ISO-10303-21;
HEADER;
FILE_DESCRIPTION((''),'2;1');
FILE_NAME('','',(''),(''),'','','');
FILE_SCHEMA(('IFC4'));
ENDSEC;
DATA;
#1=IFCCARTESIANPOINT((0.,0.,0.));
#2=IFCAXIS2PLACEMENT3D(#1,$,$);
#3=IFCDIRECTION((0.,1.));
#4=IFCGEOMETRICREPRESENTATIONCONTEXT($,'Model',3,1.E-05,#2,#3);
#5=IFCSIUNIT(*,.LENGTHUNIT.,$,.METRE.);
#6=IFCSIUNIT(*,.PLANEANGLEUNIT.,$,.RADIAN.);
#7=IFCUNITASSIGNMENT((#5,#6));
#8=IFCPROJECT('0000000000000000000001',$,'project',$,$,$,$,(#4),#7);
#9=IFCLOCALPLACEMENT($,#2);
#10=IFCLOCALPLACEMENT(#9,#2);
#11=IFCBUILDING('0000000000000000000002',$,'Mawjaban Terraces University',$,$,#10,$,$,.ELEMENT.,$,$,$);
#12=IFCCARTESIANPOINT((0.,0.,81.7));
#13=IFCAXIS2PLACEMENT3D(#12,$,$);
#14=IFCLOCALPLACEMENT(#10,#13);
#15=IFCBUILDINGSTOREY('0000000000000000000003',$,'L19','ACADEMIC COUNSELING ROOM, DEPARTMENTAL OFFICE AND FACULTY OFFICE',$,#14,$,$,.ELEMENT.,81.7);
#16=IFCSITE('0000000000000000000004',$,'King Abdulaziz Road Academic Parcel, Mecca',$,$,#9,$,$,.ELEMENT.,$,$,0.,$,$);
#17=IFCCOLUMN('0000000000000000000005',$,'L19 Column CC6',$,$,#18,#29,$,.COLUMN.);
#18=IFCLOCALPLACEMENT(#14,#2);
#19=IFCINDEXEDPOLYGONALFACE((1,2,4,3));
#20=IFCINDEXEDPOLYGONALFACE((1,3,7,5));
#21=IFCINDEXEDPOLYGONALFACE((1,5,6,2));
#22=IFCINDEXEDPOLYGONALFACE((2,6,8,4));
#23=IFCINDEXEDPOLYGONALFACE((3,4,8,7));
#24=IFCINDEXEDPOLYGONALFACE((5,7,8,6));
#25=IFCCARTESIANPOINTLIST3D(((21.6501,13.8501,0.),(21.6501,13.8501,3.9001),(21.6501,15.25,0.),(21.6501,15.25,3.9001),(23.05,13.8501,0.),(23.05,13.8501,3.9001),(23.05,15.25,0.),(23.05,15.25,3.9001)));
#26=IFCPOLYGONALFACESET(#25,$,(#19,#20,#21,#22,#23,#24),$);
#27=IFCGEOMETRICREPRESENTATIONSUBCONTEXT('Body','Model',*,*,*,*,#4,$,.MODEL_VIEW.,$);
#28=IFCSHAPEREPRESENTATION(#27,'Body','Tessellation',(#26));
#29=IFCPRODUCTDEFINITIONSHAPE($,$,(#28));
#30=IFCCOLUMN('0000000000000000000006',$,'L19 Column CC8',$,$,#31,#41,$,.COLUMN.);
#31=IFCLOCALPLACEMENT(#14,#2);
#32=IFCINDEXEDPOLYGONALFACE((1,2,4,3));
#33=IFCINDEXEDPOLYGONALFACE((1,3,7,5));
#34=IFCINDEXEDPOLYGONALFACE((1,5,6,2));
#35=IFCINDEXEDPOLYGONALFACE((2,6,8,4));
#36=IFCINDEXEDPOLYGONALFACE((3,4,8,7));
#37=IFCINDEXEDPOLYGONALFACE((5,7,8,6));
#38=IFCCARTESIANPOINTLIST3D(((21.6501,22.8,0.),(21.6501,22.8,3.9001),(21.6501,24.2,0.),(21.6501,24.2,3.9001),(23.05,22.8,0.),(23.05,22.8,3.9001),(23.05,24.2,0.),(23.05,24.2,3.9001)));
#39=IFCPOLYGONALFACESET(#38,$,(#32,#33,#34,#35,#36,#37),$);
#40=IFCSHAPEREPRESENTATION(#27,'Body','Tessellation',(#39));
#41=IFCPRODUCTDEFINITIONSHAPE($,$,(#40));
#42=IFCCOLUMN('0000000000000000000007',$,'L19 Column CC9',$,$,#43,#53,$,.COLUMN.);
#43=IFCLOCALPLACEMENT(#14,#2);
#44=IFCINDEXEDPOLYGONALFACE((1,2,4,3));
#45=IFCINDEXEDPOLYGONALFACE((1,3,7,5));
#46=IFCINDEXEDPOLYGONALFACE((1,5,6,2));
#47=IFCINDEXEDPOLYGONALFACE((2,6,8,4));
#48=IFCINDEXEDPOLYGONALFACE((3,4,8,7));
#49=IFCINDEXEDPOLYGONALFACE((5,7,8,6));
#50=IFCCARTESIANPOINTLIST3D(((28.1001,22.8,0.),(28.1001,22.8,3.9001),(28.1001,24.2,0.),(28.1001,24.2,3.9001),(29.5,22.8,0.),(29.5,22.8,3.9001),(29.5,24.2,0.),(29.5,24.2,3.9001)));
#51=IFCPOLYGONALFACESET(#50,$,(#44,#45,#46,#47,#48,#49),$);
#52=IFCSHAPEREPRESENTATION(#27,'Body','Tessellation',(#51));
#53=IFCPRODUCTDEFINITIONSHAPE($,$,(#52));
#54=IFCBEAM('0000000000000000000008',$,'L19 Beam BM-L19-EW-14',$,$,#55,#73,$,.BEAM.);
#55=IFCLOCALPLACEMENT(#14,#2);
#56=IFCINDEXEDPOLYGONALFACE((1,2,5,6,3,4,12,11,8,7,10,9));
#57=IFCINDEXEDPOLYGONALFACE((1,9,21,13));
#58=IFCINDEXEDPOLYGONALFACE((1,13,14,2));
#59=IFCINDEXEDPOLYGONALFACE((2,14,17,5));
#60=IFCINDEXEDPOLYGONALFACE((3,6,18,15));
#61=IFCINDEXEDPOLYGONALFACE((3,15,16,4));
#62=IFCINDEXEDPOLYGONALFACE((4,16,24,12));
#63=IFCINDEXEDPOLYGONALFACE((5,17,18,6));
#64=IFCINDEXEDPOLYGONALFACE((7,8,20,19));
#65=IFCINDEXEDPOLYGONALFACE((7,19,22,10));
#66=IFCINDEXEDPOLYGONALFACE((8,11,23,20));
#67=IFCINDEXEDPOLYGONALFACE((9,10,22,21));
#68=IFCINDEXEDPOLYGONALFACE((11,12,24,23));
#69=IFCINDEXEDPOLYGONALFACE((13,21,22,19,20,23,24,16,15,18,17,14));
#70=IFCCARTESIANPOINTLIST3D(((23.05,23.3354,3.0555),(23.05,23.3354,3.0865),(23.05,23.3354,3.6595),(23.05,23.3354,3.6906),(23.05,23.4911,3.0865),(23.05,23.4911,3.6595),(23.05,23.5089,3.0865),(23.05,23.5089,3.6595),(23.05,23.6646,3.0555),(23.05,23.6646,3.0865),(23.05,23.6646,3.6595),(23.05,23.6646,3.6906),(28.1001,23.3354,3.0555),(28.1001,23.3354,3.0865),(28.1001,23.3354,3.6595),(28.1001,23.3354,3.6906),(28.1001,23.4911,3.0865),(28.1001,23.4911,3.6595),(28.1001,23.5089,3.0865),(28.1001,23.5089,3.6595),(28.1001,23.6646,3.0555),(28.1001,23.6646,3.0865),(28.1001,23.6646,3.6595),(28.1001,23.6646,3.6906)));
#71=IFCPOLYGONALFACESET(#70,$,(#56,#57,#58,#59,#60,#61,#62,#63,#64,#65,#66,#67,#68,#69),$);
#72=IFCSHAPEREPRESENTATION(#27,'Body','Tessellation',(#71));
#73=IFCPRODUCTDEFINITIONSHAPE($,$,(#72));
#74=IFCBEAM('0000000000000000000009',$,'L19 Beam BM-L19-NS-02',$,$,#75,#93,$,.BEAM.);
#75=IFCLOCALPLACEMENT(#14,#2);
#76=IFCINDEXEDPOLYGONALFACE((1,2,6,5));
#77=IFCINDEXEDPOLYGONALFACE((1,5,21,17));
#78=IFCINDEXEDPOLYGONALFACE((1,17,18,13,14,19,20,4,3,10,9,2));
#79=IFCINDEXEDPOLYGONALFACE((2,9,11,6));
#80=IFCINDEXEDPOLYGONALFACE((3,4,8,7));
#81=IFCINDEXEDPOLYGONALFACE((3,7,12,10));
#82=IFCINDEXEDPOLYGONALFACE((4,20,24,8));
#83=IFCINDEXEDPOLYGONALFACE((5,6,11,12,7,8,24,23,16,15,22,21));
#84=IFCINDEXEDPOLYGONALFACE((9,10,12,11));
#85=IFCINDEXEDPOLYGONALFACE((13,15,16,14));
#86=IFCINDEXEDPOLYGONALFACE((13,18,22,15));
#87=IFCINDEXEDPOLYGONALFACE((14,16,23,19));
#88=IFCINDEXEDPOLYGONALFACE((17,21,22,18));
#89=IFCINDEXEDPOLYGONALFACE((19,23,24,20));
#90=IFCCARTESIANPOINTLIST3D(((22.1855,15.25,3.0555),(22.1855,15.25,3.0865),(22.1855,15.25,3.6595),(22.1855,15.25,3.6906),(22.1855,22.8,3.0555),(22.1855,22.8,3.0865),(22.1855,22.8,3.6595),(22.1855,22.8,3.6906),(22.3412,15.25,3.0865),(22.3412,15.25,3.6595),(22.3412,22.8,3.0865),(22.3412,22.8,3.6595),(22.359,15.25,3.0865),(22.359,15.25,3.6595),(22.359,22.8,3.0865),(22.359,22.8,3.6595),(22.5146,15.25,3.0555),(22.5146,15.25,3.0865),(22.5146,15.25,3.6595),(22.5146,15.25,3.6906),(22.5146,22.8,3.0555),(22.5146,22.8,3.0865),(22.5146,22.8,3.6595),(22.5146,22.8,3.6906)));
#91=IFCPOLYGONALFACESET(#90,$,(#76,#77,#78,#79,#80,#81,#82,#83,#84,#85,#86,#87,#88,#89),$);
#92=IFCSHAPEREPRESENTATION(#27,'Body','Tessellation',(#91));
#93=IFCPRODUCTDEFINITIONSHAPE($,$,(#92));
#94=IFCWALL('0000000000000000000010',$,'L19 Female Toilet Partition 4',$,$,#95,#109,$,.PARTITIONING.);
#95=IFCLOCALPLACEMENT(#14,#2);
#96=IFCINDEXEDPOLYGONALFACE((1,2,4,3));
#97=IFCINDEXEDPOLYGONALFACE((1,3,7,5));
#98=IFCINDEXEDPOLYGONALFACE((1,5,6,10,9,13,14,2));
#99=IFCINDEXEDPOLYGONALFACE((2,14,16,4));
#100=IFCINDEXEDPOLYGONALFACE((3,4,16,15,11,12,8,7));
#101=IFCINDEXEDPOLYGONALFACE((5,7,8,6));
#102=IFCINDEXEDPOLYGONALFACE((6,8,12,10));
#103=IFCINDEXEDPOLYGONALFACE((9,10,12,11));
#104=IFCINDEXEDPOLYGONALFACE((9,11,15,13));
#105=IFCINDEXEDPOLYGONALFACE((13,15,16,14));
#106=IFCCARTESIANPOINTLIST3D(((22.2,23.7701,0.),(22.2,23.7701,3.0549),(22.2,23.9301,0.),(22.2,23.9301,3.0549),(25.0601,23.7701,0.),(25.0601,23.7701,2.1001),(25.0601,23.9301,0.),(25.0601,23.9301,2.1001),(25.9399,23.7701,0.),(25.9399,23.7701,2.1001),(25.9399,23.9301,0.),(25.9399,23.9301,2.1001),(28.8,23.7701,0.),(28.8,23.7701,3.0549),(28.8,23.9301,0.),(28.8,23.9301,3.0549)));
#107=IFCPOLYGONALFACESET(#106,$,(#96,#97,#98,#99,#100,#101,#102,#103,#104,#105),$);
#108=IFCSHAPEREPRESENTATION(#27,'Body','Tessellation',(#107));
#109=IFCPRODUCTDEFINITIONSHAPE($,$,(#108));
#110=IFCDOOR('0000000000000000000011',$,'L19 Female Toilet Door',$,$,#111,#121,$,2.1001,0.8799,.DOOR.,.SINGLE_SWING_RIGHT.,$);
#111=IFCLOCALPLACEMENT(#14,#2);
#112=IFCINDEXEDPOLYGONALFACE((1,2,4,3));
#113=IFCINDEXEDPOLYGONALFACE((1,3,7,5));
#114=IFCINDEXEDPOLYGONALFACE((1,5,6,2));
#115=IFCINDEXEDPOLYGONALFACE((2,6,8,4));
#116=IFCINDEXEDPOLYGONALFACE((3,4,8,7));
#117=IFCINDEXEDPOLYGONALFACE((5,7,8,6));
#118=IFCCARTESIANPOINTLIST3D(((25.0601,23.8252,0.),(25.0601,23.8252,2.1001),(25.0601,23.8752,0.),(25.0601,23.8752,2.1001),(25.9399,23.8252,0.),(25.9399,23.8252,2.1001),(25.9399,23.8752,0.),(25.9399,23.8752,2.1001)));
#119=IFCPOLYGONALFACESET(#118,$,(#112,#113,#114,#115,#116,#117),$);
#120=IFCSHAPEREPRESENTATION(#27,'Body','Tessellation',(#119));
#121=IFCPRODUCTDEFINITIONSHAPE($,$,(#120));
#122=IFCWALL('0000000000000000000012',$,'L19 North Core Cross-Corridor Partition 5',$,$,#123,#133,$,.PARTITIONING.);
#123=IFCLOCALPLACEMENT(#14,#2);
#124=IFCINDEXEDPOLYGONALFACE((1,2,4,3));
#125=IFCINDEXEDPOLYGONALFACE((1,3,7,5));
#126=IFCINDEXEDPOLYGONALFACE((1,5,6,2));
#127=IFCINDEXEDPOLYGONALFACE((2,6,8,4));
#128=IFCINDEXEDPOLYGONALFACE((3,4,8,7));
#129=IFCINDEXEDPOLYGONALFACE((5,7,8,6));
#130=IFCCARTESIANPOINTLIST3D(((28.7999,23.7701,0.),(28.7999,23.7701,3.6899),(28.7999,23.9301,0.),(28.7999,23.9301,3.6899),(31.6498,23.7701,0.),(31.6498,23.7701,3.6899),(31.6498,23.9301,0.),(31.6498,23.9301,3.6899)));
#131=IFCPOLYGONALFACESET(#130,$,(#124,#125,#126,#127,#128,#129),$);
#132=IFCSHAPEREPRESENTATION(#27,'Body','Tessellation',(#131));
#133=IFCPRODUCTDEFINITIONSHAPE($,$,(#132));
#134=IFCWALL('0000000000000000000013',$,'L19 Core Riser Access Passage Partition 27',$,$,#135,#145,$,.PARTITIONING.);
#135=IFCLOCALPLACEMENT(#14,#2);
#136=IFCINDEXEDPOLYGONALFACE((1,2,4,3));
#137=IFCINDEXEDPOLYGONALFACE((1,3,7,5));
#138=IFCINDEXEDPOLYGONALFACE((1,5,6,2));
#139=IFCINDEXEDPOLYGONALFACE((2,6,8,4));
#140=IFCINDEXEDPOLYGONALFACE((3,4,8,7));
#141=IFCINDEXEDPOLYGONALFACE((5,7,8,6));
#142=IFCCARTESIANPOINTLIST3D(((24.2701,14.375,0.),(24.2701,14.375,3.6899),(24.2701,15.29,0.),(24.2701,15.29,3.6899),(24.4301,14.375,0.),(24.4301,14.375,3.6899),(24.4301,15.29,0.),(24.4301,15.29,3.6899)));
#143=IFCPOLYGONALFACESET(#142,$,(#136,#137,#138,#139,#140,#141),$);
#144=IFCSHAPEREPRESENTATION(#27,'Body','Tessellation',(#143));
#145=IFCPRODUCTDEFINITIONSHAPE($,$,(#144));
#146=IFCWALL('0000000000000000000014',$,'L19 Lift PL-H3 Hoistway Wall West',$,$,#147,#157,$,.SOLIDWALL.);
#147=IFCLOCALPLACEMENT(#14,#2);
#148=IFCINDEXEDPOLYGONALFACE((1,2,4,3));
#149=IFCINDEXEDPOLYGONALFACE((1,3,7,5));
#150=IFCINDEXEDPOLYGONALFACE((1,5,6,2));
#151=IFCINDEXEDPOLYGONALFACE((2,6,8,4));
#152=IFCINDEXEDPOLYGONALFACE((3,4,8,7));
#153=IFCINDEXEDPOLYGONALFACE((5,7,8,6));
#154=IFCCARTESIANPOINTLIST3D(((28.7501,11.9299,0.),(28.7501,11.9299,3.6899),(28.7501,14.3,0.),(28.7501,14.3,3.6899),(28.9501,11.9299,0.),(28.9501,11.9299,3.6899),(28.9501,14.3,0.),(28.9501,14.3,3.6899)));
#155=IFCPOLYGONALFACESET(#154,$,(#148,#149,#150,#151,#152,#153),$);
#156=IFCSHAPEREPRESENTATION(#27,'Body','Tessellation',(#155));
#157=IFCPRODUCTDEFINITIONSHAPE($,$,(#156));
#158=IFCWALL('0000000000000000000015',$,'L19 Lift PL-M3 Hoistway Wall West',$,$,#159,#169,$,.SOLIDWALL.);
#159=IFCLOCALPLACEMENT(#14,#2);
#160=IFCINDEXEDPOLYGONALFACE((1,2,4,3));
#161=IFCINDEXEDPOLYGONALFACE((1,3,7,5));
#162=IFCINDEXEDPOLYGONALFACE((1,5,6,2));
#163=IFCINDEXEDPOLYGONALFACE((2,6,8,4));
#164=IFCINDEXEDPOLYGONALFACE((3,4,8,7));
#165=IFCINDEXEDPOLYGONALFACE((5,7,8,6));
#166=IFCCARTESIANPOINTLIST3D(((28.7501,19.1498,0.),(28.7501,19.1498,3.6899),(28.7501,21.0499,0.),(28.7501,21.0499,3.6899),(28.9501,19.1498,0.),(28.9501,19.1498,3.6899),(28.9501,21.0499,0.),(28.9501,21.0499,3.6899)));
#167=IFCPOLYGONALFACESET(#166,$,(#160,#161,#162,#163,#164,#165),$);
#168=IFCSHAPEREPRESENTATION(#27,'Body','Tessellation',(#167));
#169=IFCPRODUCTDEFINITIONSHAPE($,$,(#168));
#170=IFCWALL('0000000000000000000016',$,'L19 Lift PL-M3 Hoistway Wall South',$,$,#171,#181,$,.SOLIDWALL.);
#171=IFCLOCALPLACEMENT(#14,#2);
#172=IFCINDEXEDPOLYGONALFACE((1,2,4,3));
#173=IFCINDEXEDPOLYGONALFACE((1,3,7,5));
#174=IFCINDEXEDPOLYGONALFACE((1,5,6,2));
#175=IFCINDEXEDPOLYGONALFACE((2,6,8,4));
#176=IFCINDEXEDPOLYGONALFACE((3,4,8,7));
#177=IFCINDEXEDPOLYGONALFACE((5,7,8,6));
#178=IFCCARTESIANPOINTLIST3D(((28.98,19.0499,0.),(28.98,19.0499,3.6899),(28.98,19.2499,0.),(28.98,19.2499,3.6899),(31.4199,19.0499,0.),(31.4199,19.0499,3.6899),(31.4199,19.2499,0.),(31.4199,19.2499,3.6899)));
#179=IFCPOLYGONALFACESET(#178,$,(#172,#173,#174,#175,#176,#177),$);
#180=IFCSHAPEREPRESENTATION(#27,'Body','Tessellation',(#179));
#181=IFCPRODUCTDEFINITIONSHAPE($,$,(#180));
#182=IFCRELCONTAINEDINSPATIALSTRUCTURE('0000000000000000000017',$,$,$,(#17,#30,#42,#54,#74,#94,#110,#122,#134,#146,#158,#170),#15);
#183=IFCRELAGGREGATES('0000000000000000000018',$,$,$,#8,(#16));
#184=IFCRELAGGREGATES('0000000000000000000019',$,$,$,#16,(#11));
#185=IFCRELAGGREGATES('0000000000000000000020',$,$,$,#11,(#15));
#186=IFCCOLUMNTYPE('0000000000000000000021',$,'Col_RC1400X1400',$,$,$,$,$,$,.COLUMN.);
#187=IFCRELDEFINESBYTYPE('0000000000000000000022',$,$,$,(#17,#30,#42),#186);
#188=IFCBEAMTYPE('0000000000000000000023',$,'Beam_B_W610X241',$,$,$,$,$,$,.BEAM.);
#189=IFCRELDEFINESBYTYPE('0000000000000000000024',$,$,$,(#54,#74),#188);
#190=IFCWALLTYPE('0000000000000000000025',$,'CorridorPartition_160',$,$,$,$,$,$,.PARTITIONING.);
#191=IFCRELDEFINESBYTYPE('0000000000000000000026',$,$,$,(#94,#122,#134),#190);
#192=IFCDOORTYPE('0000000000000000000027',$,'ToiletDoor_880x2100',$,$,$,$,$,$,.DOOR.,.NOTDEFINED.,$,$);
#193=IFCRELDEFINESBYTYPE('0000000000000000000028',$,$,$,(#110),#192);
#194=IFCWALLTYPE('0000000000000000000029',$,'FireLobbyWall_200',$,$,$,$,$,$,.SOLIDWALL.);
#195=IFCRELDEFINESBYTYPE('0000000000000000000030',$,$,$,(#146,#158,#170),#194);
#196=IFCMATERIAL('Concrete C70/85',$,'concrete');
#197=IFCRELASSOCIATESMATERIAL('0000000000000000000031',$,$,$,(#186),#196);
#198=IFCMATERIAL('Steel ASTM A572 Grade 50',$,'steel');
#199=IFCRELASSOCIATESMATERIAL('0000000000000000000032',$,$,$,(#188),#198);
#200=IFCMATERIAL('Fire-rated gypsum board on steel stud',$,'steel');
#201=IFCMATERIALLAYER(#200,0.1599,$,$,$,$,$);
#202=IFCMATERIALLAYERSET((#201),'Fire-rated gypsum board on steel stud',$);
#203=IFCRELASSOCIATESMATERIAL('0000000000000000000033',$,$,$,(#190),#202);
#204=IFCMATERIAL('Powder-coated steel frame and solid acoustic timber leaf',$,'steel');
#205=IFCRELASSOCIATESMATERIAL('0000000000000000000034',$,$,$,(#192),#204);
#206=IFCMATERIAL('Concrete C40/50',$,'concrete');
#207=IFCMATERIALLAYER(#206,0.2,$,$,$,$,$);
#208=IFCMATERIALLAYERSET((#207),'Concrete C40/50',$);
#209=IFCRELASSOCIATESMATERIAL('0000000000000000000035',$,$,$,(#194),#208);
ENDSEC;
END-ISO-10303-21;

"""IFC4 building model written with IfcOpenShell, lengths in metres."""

from ifc_helpers import new_model, si_unit, direction, frame, frame_2d, origin, origin_2d, place, context, subcontext, project, spatial, rectangle, i_section, extrude, material, layer, layer_set, material_profile, profile_set, type_object, element, fill, save


model = new_model("IFC4")

# Units and contexts
model_context = context("Model", 3, precision=1e-05, world=origin(), true_north=direction((0.0, 1.0)))
body_context = subcontext(model_context, "Body", "Model", "MODEL_VIEW")
ifc_project = project(units=[si_unit("LENGTHUNIT", "METRE"), si_unit("PLANEANGLEUNIT", "RADIAN")], contexts=[model_context])

# Site, building, storey
site_placement = place(None, origin())
site = spatial("IfcSite", under=ifc_project, at=site_placement, Name="King Abdulaziz Road Academic Parcel, Mecca", CompositionType="ELEMENT", RefElevation=0.0)
building_placement = place(site_placement, origin())
building = spatial("IfcBuilding", under=site, at=building_placement, Name="Mawjaban Terraces University", CompositionType="ELEMENT")
storey_placement = place(building_placement, frame((0.0, 0.0, 81.7)))
storey = spatial("IfcBuildingStorey", under=building, at=storey_placement, Name="L19", Description="ACADEMIC COUNSELING ROOM, DEPARTMENTAL OFFICE AND FACULTY OFFICE", CompositionType="ELEMENT", Elevation=81.7)

# Columns
ifc_material_1 = material(Name="Concrete C70/85", Category="concrete")
ifc_material_profile_1 = material_profile(ifc_material_1, rectangle(XDim=1.3999, YDim=1.3999, at=origin_2d()), Name="RC1400X1400")
ifc_profile_set_1 = profile_set([ifc_material_profile_1], Name="Concrete C70/85")
column_type = type_object("IfcColumnType", Name="Col_RC1400X1400", PredefinedType="COLUMN", material=ifc_profile_set_1)
for number, where, z_axis, x_axis, name in (
    (1, (22.3501, 14.55, 0.0), (0.0, 0.0, 1.0), (1.0, 0.0, 0.0), "L19 Column CC6"),
    (2, (22.3501, 23.5, 0.0), (0.0, 0.0, 1.0), (1.0, 0.0, 0.0), "L19 Column CC8"),
    (3, (28.8, 23.5, 0.0), (0.0, 0.0, 1.0), (1.0, 0.0, 0.0), "L19 Column CC9"),
):
    element("IfcColumn", number, at=place(storey_placement, frame(where, z_axis=z_axis, x_axis=x_axis)), inside=storey, type_object=column_type, Name=name, PredefinedType="COLUMN", context=body_context, shape_type="SweptSolid", body=[
        extrude(rectangle(XDim=1.3999, YDim=1.3999, at=origin_2d()), origin(), (0.0, 0.0, 1.0), 3.9001),
    ])

# Beams
ifc_material_2 = material(Name="Steel ASTM A572 Grade 50", Category="steel")
ifc_material_profile_2 = material_profile(ifc_material_2, i_section(OverallWidth=0.3291, OverallDepth=0.635, WebThickness=0.0178, FlangeThickness=0.031, at=origin_2d()), Name="W610X241")
ifc_profile_set_2 = profile_set([ifc_material_profile_2], Name="Steel ASTM A572 Grade 50")
beam_type = type_object("IfcBeamType", Name="Beam_B_W610X241", PredefinedType="BEAM", material=ifc_profile_set_2)
beam_1_placement = place(storey_placement, frame((23.05, 23.5, 3.373), z_axis=(1.0, 0.0, 0.0), x_axis=(0.0, 1.0, 0.0)))
element("IfcBeam", 4, at=beam_1_placement, inside=storey, type_object=beam_type, Name="L19 Beam BM-L19-EW-14", PredefinedType="BEAM", context=body_context, shape_type="SweptSolid", body=[
    extrude(i_section(OverallWidth=0.3291, OverallDepth=0.635, WebThickness=0.0178, FlangeThickness=0.031, at=origin_2d()), origin(), (0.0, 0.0, 1.0), 5.05),
])
beam_2_placement = place(storey_placement, frame((22.3501, 15.25, 3.373), z_axis=(0.0, 1.0, 0.0), x_axis=(-1.0, 0.0, 0.0)))
element("IfcBeam", 5, at=beam_2_placement, inside=storey, type_object=beam_type, Name="L19 Beam BM-L19-NS-02", PredefinedType="BEAM", context=body_context, shape_type="SweptSolid", body=[
    extrude(i_section(OverallWidth=0.3291, OverallDepth=0.635, WebThickness=0.0178, FlangeThickness=0.031, at=origin_2d()), origin(), (0.0, 0.0, 1.0), 7.55),
])

# Wall, opening, door
ifc_material_3 = material(Name="Fire-rated gypsum board on steel stud", Category="steel")
ifc_layer_1 = layer(ifc_material_3, 0.1599)
ifc_layer_set_1 = layer_set([ifc_layer_1], Name="Fire-rated gypsum board on steel stud")
wall_type_1 = type_object("IfcWallType", Name="CorridorPartition_160", PredefinedType="PARTITIONING", material=ifc_layer_set_1)
wall_1_placement = place(storey_placement, frame((28.8, 23.8501, 0.0), z_axis=(0.0, 0.0, 1.0), x_axis=(-1.0, 0.0, 0.0)))
wall_1 = element("IfcWall", 6, at=wall_1_placement, inside=storey, type_object=wall_type_1, Name="L19 Female Toilet Partition 4", PredefinedType="PARTITIONING", context=body_context, shape_type="SweptSolid", body=[
    extrude(rectangle(XDim=6.6001, YDim=0.1599, at=frame_2d((3.3, 0.0))), origin(), (0.0, 0.0, 1.0), 3.0549),
])
opening_placement = place(wall_1_placement, frame((2.8601, 0.0, 0.0)))
opening = element("IfcOpeningElement", 7, at=opening_placement, cuts=wall_1, PredefinedType="OPENING", context=body_context, shape_type="SweptSolid", body=[
    extrude(rectangle(XDim=0.8799, YDim=2.1001, at=frame_2d((0.4399, 1.05))), frame((0.0, 0.0898, 0.0), z_axis=(0.0, -1.0, 0.0), x_axis=(1.0, 0.0, 0.0)), (0.0, 0.0, 1.0), 0.1799),
])
ifc_material_4 = material(Name="Powder-coated steel frame and solid acoustic timber leaf", Category="steel")
door_type = type_object("IfcDoorType", Name="ToiletDoor_880x2100", OperationType="NOTDEFINED", PredefinedType="DOOR", material=ifc_material_4)
door_placement = place(opening_placement, origin())
door = element("IfcDoor", 8, at=door_placement, inside=storey, type_object=door_type, Name="L19 Female Toilet Door", OperationType="SINGLE_SWING_RIGHT", OverallHeight=2.1001, OverallWidth=0.8799, PredefinedType="DOOR", context=body_context, shape_type="SweptSolid", body=[
    extrude(rectangle(XDim=0.8799, YDim=2.1001, at=frame_2d((0.4399, 1.05))), frame((0.0, 0.0249, 0.0), z_axis=(0.0, -1.0, 0.0), x_axis=(1.0, 0.0, 0.0)), (0.0, 0.0, 1.0), 0.05),
])
fill(opening, door)

# Walls
wall_2_placement = place(storey_placement, frame((28.8, 23.8501, 0.0), z_axis=(0.0, 0.0, 1.0), x_axis=(1.0, 0.0, 0.0)))
element("IfcWall", 9, at=wall_2_placement, inside=storey, type_object=wall_type_1, Name="L19 North Core Cross-Corridor Partition 5", PredefinedType="PARTITIONING", context=body_context, shape_type="SweptSolid", body=[
    extrude(rectangle(XDim=2.8499, YDim=0.1599, at=frame_2d((1.4248, 0.0))), origin(), (0.0, 0.0, 1.0), 3.6899),
])
wall_3_placement = place(storey_placement, frame((24.3501, 15.29, 0.0), z_axis=(0.0, 0.0, 1.0), x_axis=(0.0, -1.0, 0.0)))
element("IfcWall", 10, at=wall_3_placement, inside=storey, type_object=wall_type_1, Name="L19 Core Riser Access Passage Partition 27", PredefinedType="PARTITIONING", context=body_context, shape_type="SweptSolid", body=[
    extrude(rectangle(XDim=0.915, YDim=0.1599, at=frame_2d((0.4575, 0.0))), origin(), (0.0, 0.0, 1.0), 3.6899),
])
ifc_material_5 = material(Name="Concrete C40/50", Category="concrete")
ifc_layer_2 = layer(ifc_material_5, 0.2)
ifc_layer_set_2 = layer_set([ifc_layer_2], Name="Concrete C40/50")
wall_type_2 = type_object("IfcWallType", Name="FireLobbyWall_200", PredefinedType="SOLIDWALL", material=ifc_layer_set_2)
wall_4_placement = place(storey_placement, frame((28.8501, 14.3, 0.0), z_axis=(0.0, 0.0, 1.0), x_axis=(0.0, -1.0, 0.0)))
element("IfcWall", 11, at=wall_4_placement, inside=storey, type_object=wall_type_2, Name="L19 Lift PL-H3 Hoistway Wall West", PredefinedType="SOLIDWALL", context=body_context, shape_type="SweptSolid", body=[
    extrude(rectangle(XDim=2.3701, YDim=0.2, at=frame_2d((1.1851, 0.0))), origin(), (0.0, 0.0, 1.0), 3.6899),
])
wall_5_placement = place(storey_placement, frame((28.8501, 21.05, 0.0), z_axis=(0.0, 0.0, 1.0), x_axis=(0.0, -1.0, 0.0)))
element("IfcWall", 12, at=wall_5_placement, inside=storey, type_object=wall_type_2, Name="L19 Lift PL-M3 Hoistway Wall West", PredefinedType="SOLIDWALL", context=body_context, shape_type="SweptSolid", body=[
    extrude(rectangle(XDim=1.9001, YDim=0.2, at=frame_2d((0.9502, 0.0))), origin(), (0.0, 0.0, 1.0), 3.6899),
])
wall_6_placement = place(storey_placement, frame((28.98, 19.1499, 0.0), z_axis=(0.0, 0.0, 1.0), x_axis=(1.0, 0.0, 0.0)))
element("IfcWall", 13, at=wall_6_placement, inside=storey, type_object=wall_type_2, Name="L19 Lift PL-M3 Hoistway Wall South", PredefinedType="SOLIDWALL", context=body_context, shape_type="SweptSolid", body=[
    extrude(rectangle(XDim=2.4399, YDim=0.2, at=frame_2d((1.22, 0.0))), origin(), (0.0, 0.0, 1.0), 3.6899),
])

save(model, "model.ifc")
